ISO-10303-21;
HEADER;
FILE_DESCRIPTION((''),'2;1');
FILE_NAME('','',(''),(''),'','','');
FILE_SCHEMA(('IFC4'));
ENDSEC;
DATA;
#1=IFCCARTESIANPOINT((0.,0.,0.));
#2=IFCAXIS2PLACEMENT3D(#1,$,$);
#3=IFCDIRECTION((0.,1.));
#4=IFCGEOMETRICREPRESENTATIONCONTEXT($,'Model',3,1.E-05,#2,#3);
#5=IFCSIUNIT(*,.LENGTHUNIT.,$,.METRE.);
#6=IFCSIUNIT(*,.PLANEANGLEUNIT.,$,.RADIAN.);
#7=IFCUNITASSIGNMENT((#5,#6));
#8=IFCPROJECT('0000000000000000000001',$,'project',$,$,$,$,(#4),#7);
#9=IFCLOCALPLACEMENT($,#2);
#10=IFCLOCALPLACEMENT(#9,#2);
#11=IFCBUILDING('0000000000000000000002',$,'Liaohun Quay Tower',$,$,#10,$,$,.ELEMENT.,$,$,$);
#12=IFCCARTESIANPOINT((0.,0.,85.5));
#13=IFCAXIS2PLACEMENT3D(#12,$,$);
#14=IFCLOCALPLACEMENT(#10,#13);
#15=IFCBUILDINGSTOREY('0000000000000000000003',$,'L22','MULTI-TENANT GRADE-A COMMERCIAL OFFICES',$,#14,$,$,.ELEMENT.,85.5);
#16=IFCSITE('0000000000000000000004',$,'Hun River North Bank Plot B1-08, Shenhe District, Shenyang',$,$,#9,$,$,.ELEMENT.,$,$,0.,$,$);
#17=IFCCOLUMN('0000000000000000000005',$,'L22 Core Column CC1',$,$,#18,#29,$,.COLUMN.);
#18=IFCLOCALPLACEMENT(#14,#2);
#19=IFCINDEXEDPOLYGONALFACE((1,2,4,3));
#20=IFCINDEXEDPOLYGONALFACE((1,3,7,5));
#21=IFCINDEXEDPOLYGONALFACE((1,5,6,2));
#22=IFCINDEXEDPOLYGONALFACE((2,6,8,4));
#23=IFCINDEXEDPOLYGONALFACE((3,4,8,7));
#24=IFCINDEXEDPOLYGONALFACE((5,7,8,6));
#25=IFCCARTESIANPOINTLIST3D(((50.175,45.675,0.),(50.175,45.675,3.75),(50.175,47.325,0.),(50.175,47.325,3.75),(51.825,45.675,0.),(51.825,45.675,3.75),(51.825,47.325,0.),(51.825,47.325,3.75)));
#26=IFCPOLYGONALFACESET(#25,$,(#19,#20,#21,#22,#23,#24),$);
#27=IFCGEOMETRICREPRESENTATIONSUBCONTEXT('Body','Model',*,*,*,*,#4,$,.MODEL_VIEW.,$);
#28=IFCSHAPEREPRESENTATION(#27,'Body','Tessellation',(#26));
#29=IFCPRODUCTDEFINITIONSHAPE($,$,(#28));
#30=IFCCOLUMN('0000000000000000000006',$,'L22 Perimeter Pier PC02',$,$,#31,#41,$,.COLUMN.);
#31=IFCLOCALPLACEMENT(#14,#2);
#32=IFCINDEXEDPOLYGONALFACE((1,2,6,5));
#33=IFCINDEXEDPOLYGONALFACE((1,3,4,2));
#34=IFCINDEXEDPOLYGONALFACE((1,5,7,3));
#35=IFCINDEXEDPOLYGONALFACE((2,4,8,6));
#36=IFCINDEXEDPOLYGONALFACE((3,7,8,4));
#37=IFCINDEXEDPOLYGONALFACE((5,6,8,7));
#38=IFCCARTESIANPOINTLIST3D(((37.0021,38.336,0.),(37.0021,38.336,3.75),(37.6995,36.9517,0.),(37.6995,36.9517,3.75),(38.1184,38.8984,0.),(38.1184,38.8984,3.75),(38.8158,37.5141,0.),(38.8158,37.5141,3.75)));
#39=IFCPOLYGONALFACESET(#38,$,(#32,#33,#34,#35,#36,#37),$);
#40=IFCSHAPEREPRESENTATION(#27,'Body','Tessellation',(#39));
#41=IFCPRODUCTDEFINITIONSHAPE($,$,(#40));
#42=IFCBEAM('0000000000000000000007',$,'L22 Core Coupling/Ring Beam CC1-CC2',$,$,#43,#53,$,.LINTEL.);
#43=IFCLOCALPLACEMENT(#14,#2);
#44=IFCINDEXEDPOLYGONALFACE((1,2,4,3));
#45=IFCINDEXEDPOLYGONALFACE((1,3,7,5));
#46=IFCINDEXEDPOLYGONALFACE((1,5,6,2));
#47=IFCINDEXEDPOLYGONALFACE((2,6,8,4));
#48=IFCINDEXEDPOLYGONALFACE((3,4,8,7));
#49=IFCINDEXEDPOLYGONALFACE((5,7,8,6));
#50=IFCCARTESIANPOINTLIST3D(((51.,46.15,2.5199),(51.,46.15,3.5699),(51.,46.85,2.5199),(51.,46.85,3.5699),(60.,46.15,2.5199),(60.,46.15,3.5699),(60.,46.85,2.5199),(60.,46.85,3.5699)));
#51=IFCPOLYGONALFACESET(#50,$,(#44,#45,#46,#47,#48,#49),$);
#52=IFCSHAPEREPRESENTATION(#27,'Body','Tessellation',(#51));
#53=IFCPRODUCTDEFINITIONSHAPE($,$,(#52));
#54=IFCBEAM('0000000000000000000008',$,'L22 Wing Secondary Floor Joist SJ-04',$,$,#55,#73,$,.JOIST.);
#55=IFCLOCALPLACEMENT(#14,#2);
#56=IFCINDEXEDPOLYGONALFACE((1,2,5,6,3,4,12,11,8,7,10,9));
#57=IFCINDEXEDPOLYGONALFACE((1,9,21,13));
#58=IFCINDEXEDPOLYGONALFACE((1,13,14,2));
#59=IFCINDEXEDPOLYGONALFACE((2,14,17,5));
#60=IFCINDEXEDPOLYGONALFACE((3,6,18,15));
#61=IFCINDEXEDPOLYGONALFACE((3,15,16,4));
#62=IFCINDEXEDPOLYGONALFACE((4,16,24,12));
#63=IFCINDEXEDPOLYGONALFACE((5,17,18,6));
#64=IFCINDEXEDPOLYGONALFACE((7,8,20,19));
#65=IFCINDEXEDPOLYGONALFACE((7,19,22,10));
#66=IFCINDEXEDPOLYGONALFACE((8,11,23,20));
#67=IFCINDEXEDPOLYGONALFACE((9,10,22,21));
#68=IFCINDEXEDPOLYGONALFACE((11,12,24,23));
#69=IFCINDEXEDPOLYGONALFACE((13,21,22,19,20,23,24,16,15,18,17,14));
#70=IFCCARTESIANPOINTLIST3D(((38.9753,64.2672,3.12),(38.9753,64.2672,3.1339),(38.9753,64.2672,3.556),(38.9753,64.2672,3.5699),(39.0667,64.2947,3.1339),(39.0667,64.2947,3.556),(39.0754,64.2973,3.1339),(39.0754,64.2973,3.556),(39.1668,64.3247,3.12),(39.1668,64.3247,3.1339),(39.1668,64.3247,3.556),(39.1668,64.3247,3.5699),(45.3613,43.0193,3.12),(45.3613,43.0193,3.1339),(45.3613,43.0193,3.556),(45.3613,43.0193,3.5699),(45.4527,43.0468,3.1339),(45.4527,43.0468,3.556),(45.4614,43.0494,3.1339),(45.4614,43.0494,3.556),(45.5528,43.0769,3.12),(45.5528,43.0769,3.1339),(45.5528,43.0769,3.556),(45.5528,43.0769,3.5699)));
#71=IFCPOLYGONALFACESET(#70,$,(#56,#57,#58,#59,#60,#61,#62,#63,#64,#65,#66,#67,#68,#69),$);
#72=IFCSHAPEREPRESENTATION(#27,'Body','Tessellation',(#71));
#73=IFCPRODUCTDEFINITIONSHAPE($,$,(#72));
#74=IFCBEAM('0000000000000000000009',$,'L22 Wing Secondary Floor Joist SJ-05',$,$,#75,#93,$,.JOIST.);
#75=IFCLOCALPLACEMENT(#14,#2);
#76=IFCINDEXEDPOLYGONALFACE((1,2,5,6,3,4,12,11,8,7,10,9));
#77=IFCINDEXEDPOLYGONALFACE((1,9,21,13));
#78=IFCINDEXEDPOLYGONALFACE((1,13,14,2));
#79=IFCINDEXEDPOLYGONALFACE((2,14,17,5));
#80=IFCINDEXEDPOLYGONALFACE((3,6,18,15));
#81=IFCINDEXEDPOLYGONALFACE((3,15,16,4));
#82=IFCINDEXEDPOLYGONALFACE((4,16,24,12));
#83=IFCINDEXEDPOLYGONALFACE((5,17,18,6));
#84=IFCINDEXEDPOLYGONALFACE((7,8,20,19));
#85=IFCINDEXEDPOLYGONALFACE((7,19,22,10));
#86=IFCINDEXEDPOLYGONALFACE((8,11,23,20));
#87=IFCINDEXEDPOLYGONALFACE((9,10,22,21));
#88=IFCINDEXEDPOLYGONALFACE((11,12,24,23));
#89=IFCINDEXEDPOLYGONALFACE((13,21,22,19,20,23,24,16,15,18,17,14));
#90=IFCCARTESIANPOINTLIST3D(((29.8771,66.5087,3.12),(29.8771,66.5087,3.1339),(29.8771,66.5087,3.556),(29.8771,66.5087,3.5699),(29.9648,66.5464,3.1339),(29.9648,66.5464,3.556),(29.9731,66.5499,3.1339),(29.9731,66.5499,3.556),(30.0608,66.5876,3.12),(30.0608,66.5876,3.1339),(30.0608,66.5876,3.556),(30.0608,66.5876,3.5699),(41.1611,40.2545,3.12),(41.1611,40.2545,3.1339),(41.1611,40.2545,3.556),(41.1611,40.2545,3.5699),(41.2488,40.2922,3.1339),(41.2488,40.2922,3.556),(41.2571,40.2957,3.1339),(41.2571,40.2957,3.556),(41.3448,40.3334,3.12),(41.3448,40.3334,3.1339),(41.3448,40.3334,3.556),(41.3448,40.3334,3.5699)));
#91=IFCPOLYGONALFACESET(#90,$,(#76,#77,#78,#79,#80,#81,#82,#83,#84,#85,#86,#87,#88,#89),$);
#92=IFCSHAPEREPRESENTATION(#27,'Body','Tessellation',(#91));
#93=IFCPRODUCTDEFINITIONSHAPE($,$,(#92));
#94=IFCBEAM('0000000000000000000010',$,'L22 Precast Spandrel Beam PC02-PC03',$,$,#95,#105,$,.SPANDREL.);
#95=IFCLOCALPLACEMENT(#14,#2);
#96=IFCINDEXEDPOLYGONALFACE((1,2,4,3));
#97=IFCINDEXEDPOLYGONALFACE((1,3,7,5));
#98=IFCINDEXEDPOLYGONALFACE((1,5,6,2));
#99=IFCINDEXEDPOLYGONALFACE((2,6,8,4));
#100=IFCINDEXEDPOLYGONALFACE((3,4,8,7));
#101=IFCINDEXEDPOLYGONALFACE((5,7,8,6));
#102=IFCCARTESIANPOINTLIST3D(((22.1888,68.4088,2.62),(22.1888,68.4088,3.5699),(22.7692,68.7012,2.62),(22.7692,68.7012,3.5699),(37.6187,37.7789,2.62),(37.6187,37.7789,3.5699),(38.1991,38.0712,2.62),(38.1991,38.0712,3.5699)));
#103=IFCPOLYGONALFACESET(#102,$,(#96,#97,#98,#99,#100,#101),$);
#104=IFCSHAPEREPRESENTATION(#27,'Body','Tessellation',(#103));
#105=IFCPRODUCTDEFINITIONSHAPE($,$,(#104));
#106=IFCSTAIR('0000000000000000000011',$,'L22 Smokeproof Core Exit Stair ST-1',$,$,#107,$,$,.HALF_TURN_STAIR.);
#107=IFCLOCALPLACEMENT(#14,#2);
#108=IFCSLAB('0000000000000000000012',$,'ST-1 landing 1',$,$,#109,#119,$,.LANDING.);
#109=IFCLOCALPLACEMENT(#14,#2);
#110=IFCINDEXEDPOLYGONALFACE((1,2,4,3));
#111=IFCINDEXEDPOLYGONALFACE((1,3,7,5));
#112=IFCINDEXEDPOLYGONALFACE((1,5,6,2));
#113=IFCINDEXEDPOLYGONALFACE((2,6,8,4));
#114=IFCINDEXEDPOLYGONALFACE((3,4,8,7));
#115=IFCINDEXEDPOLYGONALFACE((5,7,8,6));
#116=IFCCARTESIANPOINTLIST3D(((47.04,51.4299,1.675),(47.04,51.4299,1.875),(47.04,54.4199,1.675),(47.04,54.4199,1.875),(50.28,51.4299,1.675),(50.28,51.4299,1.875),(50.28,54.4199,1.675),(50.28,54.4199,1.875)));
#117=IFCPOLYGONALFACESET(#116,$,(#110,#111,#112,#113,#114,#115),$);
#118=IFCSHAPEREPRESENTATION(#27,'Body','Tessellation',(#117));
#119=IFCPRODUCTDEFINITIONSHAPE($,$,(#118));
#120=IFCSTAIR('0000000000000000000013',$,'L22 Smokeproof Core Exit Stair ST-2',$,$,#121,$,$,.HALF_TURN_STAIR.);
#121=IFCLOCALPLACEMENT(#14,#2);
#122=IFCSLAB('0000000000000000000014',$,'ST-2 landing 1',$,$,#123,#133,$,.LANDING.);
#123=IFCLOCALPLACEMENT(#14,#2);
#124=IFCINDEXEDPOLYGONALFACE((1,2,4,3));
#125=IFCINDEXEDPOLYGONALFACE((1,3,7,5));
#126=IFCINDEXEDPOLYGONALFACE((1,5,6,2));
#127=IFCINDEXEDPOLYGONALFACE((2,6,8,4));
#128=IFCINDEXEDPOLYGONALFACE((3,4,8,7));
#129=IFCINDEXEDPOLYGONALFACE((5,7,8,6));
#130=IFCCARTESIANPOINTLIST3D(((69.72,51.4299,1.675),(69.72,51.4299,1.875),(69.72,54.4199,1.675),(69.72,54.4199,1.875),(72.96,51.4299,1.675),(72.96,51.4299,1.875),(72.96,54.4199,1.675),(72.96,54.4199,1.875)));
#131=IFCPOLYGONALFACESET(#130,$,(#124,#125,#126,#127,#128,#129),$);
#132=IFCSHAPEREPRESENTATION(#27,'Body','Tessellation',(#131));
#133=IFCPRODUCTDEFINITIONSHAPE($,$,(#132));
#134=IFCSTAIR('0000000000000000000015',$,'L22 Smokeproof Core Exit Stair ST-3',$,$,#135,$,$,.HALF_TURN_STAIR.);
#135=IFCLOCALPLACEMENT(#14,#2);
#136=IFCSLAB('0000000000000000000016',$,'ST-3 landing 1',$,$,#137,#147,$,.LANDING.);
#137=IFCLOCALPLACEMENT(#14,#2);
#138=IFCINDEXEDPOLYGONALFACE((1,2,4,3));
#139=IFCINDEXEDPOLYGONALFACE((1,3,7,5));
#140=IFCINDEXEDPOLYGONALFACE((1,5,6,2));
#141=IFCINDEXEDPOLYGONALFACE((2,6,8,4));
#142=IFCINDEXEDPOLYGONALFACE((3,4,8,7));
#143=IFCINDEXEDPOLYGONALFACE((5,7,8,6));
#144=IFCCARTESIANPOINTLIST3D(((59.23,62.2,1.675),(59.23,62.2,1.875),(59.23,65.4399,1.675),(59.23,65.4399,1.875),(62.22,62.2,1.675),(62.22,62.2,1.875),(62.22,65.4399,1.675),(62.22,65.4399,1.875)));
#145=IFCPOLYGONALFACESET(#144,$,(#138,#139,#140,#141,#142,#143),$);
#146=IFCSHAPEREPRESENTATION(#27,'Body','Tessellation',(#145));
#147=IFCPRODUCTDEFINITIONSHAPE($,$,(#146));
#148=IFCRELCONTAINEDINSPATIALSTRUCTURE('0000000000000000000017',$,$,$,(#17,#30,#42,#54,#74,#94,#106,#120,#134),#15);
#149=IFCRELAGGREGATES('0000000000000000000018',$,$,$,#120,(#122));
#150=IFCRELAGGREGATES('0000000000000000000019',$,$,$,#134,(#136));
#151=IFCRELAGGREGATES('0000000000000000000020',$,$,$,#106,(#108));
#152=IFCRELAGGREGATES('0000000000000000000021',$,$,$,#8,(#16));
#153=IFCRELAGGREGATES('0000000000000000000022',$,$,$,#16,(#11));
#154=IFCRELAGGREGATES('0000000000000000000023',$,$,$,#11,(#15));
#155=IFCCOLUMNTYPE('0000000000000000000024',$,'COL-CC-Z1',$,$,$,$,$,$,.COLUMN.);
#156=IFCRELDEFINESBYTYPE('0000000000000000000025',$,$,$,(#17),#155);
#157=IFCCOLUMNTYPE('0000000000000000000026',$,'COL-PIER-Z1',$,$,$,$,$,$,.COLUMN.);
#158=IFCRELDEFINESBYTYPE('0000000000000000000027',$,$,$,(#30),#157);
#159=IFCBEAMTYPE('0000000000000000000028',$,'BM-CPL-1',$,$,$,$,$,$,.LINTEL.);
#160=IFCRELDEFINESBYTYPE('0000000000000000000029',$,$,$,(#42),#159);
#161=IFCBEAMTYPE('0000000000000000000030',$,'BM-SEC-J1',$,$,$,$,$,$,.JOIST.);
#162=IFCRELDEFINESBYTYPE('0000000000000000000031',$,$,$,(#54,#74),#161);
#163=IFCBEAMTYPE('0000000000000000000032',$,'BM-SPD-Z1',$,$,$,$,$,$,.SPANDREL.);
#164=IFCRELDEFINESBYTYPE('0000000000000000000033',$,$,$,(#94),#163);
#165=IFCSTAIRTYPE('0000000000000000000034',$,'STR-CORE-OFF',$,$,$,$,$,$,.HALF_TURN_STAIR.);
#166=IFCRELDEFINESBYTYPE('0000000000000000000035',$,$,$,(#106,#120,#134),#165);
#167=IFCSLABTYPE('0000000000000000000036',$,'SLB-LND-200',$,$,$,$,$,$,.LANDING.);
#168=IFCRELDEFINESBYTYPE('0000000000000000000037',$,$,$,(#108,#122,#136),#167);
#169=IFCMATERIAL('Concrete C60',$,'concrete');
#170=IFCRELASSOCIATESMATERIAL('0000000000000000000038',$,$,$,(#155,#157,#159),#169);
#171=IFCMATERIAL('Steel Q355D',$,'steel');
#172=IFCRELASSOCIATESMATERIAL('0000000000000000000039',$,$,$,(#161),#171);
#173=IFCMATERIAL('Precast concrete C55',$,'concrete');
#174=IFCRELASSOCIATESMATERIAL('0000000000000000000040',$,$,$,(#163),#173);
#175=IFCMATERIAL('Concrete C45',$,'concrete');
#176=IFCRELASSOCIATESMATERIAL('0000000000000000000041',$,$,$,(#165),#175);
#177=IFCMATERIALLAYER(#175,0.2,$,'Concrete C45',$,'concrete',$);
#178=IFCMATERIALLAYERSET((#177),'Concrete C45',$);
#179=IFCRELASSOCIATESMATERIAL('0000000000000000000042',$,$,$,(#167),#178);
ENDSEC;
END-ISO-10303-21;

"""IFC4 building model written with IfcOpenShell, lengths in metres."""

from ifc_helpers import new_model, si_unit, direction, frame, origin, origin_2d, place, context, subcontext, project, spatial, polyline, rectangle, i_section, outline, extrude, source, transform, mapped, material, layer, layer_set, material_profile, profile_set, type_object, element, aggregate, save


model = new_model("IFC4")

# Units and contexts
model_context = context("Model", 3, precision=1e-05, world=origin(), true_north=direction((0.0, 1.0)))
body_context = subcontext(model_context, "Body", "Model", "MODEL_VIEW")
ifc_project = project(units=[si_unit("LENGTHUNIT", "METRE"), si_unit("PLANEANGLEUNIT", "RADIAN")], contexts=[model_context])

# Site, building, storey
site_placement = place(None, origin())
site = spatial("IfcSite", under=ifc_project, at=site_placement, Name="Hun River North Bank Plot B1-08, Shenhe District, Shenyang", CompositionType="ELEMENT", RefElevation=0.0)
building_placement = place(site_placement, origin())
building = spatial("IfcBuilding", under=site, at=building_placement, Name="Liaohun Quay Tower", CompositionType="ELEMENT")
storey_placement = place(building_placement, frame((0.0, 0.0, 85.5)))
storey = spatial("IfcBuildingStorey", under=building, at=storey_placement, Name="L22", Description="MULTI-TENANT GRADE-A COMMERCIAL OFFICES", CompositionType="ELEMENT", Elevation=85.5)

# Columns
ifc_material_1 = material(Name="Concrete C60", Category="concrete")
ifc_material_profile_1 = material_profile(ifc_material_1, rectangle(XDim=1.6499, YDim=1.6499, at=origin_2d()), Name="RC1650x1650")
ifc_profile_set_1 = profile_set([ifc_material_profile_1], Name="Concrete C60")
column_type_1 = type_object("IfcColumnType", Name="COL-CC-Z1", PredefinedType="COLUMN", material=ifc_profile_set_1)
shared_shape_1 = source(origin(), body_context, "Body", "SweptSolid", [
    extrude(rectangle(XDim=1.6499, YDim=1.6499, at=origin_2d()), origin(), (0.0, 0.0, 1.0), 3.75),
])
column_1_placement = place(storey_placement, frame((51.0, 46.5, 0.0), z_axis=(0.0, 0.0, 1.0), x_axis=(1.0, 0.0, 0.0)))
element("IfcColumn", 1, at=column_1_placement, inside=storey, type_object=column_type_1, Name="L22 Core Column CC1", PredefinedType="COLUMN", context=body_context, shape_type="MappedRepresentation", body=[
    mapped(shared_shape_1, transform((0.0, 0.0, 0.0), x_axis=(1.0, 0.0, 0.0), y_axis=(0.0, 1.0, 0.0), z_axis=(0.0, 0.0, 1.0), scale=1.0)),
])
ifc_material_profile_2 = material_profile(ifc_material_1, rectangle(XDim=1.55, YDim=1.25, at=origin_2d()), Name="RC1550x1250")
ifc_profile_set_2 = profile_set([ifc_material_profile_2], Name="Concrete C60")
column_type_2 = type_object("IfcColumnType", Name="COL-PIER-Z1", PredefinedType="COLUMN", material=ifc_profile_set_2)
shared_shape_2 = source(origin(), body_context, "Body", "SweptSolid", [
    extrude(rectangle(XDim=1.55, YDim=1.25, at=origin_2d()), origin(), (0.0, 0.0, 1.0), 3.75),
])
column_2_placement = place(storey_placement, frame((37.9089, 37.925, 0.0), z_axis=(0.0, 0.0, 1.0), x_axis=(-0.449943, 0.893057, 0.0)))
element("IfcColumn", 2, at=column_2_placement, inside=storey, type_object=column_type_2, Name="L22 Perimeter Pier PC02", PredefinedType="COLUMN", context=body_context, shape_type="MappedRepresentation", body=[
    mapped(shared_shape_2, transform((0.0, 0.0, 0.0), x_axis=(1.0, 0.0, 0.0), y_axis=(0.0, 1.0, 0.0), z_axis=(0.0, 0.0, 1.0), scale=1.0)),
])

# Beams
ifc_material_profile_3 = material_profile(ifc_material_1, rectangle(XDim=0.7, YDim=1.05, at=origin_2d()), Name="RC700x1050")
ifc_profile_set_3 = profile_set([ifc_material_profile_3], Name="Concrete C60")
beam_type_1 = type_object("IfcBeamType", Name="BM-CPL-1", PredefinedType="LINTEL", material=ifc_profile_set_3)
shared_shape_3 = source(origin(), body_context, "Body", "SweptSolid", [
    extrude(rectangle(XDim=0.7, YDim=1.05, at=origin_2d()), origin(), (0.0, 0.0, 1.0), 9.0),
])
beam_1_placement = place(storey_placement, frame((51.0, 46.5, 3.0449), z_axis=(1.0, 0.0, 0.0), x_axis=(0.0, 1.0, 0.0)))
element("IfcBeam", 3, at=beam_1_placement, inside=storey, type_object=beam_type_1, Name="L22 Core Coupling/Ring Beam CC1-CC2", PredefinedType="LINTEL", context=body_context, shape_type="MappedRepresentation", body=[
    mapped(shared_shape_3, transform((0.0, 0.0, 0.0), x_axis=(1.0, 0.0, 0.0), y_axis=(0.0, 1.0, 0.0), z_axis=(0.0, 0.0, 1.0), scale=1.0)),
])
ifc_material_2 = material(Name="Steel Q355D", Category="steel")
ifc_material_profile_4 = material_profile(ifc_material_2, i_section(OverallWidth=0.2, OverallDepth=0.45, WebThickness=0.009, FlangeThickness=0.0139, at=origin_2d()), Name="HN450x200x9x14")
ifc_profile_set_4 = profile_set([ifc_material_profile_4], Name="Steel Q355D")
beam_type_2 = type_object("IfcBeamType", Name="BM-SEC-J1", PredefinedType="JOIST", material=ifc_profile_set_4)
shared_shape_4 = source(origin(), body_context, "Body", "SweptSolid", [
    extrude(i_section(OverallWidth=0.2, OverallDepth=0.45, WebThickness=0.009, FlangeThickness=0.0139, at=origin_2d()), origin(), (0.0, 0.0, 1.0), 22.1868),
])
beam_2_placement = place(storey_placement, frame((45.457, 43.0481, 3.345), z_axis=(-0.287829, 0.957682, 0.0), x_axis=(-0.957682, -0.287829, 0.0)))
element("IfcBeam", 4, at=beam_2_placement, inside=storey, type_object=beam_type_2, Name="L22 Wing Secondary Floor Joist SJ-04", PredefinedType="JOIST", context=body_context, shape_type="MappedRepresentation", body=[
    mapped(shared_shape_4, transform((0.0, 0.0, 0.0), x_axis=(1.0, 0.0, 0.0), y_axis=(0.0, 1.0, 0.0), z_axis=(0.0, 0.0, 1.0), scale=1.0)),
])
shared_shape_5 = source(origin(), body_context, "Body", "SweptSolid", [
    extrude(i_section(OverallWidth=0.2, OverallDepth=0.45, WebThickness=0.009, FlangeThickness=0.0139, at=origin_2d()), origin(), (0.0, 0.0, 1.0), 28.5764),
])
beam_3_placement = place(storey_placement, frame((41.2529, 40.2939, 3.345), z_axis=(-0.39487, 0.918737, 0.0), x_axis=(-0.918737, -0.39487, 0.0)))
element("IfcBeam", 5, at=beam_3_placement, inside=storey, type_object=beam_type_2, Name="L22 Wing Secondary Floor Joist SJ-05", PredefinedType="JOIST", context=body_context, shape_type="MappedRepresentation", body=[
    mapped(shared_shape_5, transform((0.0, 0.0, 0.0), x_axis=(1.0, 0.0, 0.0), y_axis=(0.0, 1.0, 0.0), z_axis=(0.0, 0.0, 1.0), scale=1.0)),
])
ifc_material_3 = material(Name="Precast concrete C55", Category="concrete")
ifc_material_profile_5 = material_profile(ifc_material_3, rectangle(XDim=0.6499, YDim=0.95, at=origin_2d()), Name="RC650x950")
ifc_profile_set_5 = profile_set([ifc_material_profile_5], Name="Precast concrete C55")
beam_type_3 = type_object("IfcBeamType", Name="BM-SPD-Z1", PredefinedType="SPANDREL", material=ifc_profile_set_5)
shared_shape_6 = source(origin(), body_context, "Body", "SweptSolid", [
    extrude(rectangle(XDim=0.6499, YDim=0.95, at=origin_2d()), origin(), (0.0, 0.0, 1.0), 34.2969),
])
beam_4_placement = place(storey_placement, frame((37.9089, 37.925, 3.095), z_axis=(-0.449894, 0.893082, 0.0), x_axis=(-0.893082, -0.449894, 0.0)))
element("IfcBeam", 6, at=beam_4_placement, inside=storey, type_object=beam_type_3, Name="L22 Precast Spandrel Beam PC02-PC03", PredefinedType="SPANDREL", context=body_context, shape_type="MappedRepresentation", body=[
    mapped(shared_shape_6, transform((0.0, 0.0, 0.0), x_axis=(1.0, 0.0, 0.0), y_axis=(0.0, 1.0, 0.0), z_axis=(0.0, 0.0, 1.0), scale=1.0)),
])

# Stairs, slabs
ifc_material_4 = material(Name="Concrete C45", Category="concrete")
stair_type = type_object("IfcStairType", Name="STR-CORE-OFF", PredefinedType="HALF_TURN_STAIR", material=ifc_material_4)
stair_1_placement = place(storey_placement, origin())
stair_1 = element("IfcStair", 7, at=stair_1_placement, inside=storey, type_object=stair_type, Name="L22 Smokeproof Core Exit Stair ST-1", PredefinedType="HALF_TURN_STAIR")
ifc_layer_1 = layer(ifc_material_4, 0.2, Name="Concrete C45", Category="concrete")
ifc_layer_set_1 = layer_set([ifc_layer_1], Name="Concrete C45")
slab_type_1 = type_object("IfcSlabType", Name="SLB-LND-200", PredefinedType="LANDING", material=ifc_layer_set_1)
slab_1_placement = place(storey_placement, frame((0.0, 0.0, 1.675)))
slab_1 = element("IfcSlab", 8, at=slab_1_placement, type_object=slab_type_1, Name="ST-1 landing 1", PredefinedType="LANDING", context=body_context, shape_type="SweptSolid", body=[
    extrude(outline(polyline([(50.28, 51.4299), (50.28, 54.4199), (47.04, 54.4199), (47.04, 51.4299), (50.28, 51.4299)])), origin(), (0.0, 0.0, 1.0), 0.2),
])
stair_2_placement = place(storey_placement, origin())
stair_2 = element("IfcStair", 9, at=stair_2_placement, inside=storey, type_object=stair_type, Name="L22 Smokeproof Core Exit Stair ST-2", PredefinedType="HALF_TURN_STAIR")
slab_2_placement = place(storey_placement, frame((0.0, 0.0, 1.675)))
slab_2 = element("IfcSlab", 10, at=slab_2_placement, type_object=slab_type_1, Name="ST-2 landing 1", PredefinedType="LANDING", context=body_context, shape_type="SweptSolid", body=[
    extrude(outline(polyline([(72.96, 51.4299), (72.96, 54.4199), (69.72, 54.4199), (69.72, 51.4299), (72.96, 51.4299)])), origin(), (0.0, 0.0, 1.0), 0.2),
])
aggregate(stair_2, [slab_2])
stair_3_placement = place(storey_placement, origin())
stair_3 = element("IfcStair", 11, at=stair_3_placement, inside=storey, type_object=stair_type, Name="L22 Smokeproof Core Exit Stair ST-3", PredefinedType="HALF_TURN_STAIR")
slab_3_placement = place(storey_placement, frame((0.0, 0.0, 1.675)))
slab_3 = element("IfcSlab", 12, at=slab_3_placement, type_object=slab_type_1, Name="ST-3 landing 1", PredefinedType="LANDING", context=body_context, shape_type="SweptSolid", body=[
    extrude(outline(polyline([(59.23, 62.2), (62.22, 62.2), (62.22, 65.4399), (59.23, 65.4399), (59.23, 62.2)])), origin(), (0.0, 0.0, 1.0), 0.2),
])
aggregate(stair_3, [slab_3])

aggregate(stair_1, [slab_1])

save(model, "model.ifc")
